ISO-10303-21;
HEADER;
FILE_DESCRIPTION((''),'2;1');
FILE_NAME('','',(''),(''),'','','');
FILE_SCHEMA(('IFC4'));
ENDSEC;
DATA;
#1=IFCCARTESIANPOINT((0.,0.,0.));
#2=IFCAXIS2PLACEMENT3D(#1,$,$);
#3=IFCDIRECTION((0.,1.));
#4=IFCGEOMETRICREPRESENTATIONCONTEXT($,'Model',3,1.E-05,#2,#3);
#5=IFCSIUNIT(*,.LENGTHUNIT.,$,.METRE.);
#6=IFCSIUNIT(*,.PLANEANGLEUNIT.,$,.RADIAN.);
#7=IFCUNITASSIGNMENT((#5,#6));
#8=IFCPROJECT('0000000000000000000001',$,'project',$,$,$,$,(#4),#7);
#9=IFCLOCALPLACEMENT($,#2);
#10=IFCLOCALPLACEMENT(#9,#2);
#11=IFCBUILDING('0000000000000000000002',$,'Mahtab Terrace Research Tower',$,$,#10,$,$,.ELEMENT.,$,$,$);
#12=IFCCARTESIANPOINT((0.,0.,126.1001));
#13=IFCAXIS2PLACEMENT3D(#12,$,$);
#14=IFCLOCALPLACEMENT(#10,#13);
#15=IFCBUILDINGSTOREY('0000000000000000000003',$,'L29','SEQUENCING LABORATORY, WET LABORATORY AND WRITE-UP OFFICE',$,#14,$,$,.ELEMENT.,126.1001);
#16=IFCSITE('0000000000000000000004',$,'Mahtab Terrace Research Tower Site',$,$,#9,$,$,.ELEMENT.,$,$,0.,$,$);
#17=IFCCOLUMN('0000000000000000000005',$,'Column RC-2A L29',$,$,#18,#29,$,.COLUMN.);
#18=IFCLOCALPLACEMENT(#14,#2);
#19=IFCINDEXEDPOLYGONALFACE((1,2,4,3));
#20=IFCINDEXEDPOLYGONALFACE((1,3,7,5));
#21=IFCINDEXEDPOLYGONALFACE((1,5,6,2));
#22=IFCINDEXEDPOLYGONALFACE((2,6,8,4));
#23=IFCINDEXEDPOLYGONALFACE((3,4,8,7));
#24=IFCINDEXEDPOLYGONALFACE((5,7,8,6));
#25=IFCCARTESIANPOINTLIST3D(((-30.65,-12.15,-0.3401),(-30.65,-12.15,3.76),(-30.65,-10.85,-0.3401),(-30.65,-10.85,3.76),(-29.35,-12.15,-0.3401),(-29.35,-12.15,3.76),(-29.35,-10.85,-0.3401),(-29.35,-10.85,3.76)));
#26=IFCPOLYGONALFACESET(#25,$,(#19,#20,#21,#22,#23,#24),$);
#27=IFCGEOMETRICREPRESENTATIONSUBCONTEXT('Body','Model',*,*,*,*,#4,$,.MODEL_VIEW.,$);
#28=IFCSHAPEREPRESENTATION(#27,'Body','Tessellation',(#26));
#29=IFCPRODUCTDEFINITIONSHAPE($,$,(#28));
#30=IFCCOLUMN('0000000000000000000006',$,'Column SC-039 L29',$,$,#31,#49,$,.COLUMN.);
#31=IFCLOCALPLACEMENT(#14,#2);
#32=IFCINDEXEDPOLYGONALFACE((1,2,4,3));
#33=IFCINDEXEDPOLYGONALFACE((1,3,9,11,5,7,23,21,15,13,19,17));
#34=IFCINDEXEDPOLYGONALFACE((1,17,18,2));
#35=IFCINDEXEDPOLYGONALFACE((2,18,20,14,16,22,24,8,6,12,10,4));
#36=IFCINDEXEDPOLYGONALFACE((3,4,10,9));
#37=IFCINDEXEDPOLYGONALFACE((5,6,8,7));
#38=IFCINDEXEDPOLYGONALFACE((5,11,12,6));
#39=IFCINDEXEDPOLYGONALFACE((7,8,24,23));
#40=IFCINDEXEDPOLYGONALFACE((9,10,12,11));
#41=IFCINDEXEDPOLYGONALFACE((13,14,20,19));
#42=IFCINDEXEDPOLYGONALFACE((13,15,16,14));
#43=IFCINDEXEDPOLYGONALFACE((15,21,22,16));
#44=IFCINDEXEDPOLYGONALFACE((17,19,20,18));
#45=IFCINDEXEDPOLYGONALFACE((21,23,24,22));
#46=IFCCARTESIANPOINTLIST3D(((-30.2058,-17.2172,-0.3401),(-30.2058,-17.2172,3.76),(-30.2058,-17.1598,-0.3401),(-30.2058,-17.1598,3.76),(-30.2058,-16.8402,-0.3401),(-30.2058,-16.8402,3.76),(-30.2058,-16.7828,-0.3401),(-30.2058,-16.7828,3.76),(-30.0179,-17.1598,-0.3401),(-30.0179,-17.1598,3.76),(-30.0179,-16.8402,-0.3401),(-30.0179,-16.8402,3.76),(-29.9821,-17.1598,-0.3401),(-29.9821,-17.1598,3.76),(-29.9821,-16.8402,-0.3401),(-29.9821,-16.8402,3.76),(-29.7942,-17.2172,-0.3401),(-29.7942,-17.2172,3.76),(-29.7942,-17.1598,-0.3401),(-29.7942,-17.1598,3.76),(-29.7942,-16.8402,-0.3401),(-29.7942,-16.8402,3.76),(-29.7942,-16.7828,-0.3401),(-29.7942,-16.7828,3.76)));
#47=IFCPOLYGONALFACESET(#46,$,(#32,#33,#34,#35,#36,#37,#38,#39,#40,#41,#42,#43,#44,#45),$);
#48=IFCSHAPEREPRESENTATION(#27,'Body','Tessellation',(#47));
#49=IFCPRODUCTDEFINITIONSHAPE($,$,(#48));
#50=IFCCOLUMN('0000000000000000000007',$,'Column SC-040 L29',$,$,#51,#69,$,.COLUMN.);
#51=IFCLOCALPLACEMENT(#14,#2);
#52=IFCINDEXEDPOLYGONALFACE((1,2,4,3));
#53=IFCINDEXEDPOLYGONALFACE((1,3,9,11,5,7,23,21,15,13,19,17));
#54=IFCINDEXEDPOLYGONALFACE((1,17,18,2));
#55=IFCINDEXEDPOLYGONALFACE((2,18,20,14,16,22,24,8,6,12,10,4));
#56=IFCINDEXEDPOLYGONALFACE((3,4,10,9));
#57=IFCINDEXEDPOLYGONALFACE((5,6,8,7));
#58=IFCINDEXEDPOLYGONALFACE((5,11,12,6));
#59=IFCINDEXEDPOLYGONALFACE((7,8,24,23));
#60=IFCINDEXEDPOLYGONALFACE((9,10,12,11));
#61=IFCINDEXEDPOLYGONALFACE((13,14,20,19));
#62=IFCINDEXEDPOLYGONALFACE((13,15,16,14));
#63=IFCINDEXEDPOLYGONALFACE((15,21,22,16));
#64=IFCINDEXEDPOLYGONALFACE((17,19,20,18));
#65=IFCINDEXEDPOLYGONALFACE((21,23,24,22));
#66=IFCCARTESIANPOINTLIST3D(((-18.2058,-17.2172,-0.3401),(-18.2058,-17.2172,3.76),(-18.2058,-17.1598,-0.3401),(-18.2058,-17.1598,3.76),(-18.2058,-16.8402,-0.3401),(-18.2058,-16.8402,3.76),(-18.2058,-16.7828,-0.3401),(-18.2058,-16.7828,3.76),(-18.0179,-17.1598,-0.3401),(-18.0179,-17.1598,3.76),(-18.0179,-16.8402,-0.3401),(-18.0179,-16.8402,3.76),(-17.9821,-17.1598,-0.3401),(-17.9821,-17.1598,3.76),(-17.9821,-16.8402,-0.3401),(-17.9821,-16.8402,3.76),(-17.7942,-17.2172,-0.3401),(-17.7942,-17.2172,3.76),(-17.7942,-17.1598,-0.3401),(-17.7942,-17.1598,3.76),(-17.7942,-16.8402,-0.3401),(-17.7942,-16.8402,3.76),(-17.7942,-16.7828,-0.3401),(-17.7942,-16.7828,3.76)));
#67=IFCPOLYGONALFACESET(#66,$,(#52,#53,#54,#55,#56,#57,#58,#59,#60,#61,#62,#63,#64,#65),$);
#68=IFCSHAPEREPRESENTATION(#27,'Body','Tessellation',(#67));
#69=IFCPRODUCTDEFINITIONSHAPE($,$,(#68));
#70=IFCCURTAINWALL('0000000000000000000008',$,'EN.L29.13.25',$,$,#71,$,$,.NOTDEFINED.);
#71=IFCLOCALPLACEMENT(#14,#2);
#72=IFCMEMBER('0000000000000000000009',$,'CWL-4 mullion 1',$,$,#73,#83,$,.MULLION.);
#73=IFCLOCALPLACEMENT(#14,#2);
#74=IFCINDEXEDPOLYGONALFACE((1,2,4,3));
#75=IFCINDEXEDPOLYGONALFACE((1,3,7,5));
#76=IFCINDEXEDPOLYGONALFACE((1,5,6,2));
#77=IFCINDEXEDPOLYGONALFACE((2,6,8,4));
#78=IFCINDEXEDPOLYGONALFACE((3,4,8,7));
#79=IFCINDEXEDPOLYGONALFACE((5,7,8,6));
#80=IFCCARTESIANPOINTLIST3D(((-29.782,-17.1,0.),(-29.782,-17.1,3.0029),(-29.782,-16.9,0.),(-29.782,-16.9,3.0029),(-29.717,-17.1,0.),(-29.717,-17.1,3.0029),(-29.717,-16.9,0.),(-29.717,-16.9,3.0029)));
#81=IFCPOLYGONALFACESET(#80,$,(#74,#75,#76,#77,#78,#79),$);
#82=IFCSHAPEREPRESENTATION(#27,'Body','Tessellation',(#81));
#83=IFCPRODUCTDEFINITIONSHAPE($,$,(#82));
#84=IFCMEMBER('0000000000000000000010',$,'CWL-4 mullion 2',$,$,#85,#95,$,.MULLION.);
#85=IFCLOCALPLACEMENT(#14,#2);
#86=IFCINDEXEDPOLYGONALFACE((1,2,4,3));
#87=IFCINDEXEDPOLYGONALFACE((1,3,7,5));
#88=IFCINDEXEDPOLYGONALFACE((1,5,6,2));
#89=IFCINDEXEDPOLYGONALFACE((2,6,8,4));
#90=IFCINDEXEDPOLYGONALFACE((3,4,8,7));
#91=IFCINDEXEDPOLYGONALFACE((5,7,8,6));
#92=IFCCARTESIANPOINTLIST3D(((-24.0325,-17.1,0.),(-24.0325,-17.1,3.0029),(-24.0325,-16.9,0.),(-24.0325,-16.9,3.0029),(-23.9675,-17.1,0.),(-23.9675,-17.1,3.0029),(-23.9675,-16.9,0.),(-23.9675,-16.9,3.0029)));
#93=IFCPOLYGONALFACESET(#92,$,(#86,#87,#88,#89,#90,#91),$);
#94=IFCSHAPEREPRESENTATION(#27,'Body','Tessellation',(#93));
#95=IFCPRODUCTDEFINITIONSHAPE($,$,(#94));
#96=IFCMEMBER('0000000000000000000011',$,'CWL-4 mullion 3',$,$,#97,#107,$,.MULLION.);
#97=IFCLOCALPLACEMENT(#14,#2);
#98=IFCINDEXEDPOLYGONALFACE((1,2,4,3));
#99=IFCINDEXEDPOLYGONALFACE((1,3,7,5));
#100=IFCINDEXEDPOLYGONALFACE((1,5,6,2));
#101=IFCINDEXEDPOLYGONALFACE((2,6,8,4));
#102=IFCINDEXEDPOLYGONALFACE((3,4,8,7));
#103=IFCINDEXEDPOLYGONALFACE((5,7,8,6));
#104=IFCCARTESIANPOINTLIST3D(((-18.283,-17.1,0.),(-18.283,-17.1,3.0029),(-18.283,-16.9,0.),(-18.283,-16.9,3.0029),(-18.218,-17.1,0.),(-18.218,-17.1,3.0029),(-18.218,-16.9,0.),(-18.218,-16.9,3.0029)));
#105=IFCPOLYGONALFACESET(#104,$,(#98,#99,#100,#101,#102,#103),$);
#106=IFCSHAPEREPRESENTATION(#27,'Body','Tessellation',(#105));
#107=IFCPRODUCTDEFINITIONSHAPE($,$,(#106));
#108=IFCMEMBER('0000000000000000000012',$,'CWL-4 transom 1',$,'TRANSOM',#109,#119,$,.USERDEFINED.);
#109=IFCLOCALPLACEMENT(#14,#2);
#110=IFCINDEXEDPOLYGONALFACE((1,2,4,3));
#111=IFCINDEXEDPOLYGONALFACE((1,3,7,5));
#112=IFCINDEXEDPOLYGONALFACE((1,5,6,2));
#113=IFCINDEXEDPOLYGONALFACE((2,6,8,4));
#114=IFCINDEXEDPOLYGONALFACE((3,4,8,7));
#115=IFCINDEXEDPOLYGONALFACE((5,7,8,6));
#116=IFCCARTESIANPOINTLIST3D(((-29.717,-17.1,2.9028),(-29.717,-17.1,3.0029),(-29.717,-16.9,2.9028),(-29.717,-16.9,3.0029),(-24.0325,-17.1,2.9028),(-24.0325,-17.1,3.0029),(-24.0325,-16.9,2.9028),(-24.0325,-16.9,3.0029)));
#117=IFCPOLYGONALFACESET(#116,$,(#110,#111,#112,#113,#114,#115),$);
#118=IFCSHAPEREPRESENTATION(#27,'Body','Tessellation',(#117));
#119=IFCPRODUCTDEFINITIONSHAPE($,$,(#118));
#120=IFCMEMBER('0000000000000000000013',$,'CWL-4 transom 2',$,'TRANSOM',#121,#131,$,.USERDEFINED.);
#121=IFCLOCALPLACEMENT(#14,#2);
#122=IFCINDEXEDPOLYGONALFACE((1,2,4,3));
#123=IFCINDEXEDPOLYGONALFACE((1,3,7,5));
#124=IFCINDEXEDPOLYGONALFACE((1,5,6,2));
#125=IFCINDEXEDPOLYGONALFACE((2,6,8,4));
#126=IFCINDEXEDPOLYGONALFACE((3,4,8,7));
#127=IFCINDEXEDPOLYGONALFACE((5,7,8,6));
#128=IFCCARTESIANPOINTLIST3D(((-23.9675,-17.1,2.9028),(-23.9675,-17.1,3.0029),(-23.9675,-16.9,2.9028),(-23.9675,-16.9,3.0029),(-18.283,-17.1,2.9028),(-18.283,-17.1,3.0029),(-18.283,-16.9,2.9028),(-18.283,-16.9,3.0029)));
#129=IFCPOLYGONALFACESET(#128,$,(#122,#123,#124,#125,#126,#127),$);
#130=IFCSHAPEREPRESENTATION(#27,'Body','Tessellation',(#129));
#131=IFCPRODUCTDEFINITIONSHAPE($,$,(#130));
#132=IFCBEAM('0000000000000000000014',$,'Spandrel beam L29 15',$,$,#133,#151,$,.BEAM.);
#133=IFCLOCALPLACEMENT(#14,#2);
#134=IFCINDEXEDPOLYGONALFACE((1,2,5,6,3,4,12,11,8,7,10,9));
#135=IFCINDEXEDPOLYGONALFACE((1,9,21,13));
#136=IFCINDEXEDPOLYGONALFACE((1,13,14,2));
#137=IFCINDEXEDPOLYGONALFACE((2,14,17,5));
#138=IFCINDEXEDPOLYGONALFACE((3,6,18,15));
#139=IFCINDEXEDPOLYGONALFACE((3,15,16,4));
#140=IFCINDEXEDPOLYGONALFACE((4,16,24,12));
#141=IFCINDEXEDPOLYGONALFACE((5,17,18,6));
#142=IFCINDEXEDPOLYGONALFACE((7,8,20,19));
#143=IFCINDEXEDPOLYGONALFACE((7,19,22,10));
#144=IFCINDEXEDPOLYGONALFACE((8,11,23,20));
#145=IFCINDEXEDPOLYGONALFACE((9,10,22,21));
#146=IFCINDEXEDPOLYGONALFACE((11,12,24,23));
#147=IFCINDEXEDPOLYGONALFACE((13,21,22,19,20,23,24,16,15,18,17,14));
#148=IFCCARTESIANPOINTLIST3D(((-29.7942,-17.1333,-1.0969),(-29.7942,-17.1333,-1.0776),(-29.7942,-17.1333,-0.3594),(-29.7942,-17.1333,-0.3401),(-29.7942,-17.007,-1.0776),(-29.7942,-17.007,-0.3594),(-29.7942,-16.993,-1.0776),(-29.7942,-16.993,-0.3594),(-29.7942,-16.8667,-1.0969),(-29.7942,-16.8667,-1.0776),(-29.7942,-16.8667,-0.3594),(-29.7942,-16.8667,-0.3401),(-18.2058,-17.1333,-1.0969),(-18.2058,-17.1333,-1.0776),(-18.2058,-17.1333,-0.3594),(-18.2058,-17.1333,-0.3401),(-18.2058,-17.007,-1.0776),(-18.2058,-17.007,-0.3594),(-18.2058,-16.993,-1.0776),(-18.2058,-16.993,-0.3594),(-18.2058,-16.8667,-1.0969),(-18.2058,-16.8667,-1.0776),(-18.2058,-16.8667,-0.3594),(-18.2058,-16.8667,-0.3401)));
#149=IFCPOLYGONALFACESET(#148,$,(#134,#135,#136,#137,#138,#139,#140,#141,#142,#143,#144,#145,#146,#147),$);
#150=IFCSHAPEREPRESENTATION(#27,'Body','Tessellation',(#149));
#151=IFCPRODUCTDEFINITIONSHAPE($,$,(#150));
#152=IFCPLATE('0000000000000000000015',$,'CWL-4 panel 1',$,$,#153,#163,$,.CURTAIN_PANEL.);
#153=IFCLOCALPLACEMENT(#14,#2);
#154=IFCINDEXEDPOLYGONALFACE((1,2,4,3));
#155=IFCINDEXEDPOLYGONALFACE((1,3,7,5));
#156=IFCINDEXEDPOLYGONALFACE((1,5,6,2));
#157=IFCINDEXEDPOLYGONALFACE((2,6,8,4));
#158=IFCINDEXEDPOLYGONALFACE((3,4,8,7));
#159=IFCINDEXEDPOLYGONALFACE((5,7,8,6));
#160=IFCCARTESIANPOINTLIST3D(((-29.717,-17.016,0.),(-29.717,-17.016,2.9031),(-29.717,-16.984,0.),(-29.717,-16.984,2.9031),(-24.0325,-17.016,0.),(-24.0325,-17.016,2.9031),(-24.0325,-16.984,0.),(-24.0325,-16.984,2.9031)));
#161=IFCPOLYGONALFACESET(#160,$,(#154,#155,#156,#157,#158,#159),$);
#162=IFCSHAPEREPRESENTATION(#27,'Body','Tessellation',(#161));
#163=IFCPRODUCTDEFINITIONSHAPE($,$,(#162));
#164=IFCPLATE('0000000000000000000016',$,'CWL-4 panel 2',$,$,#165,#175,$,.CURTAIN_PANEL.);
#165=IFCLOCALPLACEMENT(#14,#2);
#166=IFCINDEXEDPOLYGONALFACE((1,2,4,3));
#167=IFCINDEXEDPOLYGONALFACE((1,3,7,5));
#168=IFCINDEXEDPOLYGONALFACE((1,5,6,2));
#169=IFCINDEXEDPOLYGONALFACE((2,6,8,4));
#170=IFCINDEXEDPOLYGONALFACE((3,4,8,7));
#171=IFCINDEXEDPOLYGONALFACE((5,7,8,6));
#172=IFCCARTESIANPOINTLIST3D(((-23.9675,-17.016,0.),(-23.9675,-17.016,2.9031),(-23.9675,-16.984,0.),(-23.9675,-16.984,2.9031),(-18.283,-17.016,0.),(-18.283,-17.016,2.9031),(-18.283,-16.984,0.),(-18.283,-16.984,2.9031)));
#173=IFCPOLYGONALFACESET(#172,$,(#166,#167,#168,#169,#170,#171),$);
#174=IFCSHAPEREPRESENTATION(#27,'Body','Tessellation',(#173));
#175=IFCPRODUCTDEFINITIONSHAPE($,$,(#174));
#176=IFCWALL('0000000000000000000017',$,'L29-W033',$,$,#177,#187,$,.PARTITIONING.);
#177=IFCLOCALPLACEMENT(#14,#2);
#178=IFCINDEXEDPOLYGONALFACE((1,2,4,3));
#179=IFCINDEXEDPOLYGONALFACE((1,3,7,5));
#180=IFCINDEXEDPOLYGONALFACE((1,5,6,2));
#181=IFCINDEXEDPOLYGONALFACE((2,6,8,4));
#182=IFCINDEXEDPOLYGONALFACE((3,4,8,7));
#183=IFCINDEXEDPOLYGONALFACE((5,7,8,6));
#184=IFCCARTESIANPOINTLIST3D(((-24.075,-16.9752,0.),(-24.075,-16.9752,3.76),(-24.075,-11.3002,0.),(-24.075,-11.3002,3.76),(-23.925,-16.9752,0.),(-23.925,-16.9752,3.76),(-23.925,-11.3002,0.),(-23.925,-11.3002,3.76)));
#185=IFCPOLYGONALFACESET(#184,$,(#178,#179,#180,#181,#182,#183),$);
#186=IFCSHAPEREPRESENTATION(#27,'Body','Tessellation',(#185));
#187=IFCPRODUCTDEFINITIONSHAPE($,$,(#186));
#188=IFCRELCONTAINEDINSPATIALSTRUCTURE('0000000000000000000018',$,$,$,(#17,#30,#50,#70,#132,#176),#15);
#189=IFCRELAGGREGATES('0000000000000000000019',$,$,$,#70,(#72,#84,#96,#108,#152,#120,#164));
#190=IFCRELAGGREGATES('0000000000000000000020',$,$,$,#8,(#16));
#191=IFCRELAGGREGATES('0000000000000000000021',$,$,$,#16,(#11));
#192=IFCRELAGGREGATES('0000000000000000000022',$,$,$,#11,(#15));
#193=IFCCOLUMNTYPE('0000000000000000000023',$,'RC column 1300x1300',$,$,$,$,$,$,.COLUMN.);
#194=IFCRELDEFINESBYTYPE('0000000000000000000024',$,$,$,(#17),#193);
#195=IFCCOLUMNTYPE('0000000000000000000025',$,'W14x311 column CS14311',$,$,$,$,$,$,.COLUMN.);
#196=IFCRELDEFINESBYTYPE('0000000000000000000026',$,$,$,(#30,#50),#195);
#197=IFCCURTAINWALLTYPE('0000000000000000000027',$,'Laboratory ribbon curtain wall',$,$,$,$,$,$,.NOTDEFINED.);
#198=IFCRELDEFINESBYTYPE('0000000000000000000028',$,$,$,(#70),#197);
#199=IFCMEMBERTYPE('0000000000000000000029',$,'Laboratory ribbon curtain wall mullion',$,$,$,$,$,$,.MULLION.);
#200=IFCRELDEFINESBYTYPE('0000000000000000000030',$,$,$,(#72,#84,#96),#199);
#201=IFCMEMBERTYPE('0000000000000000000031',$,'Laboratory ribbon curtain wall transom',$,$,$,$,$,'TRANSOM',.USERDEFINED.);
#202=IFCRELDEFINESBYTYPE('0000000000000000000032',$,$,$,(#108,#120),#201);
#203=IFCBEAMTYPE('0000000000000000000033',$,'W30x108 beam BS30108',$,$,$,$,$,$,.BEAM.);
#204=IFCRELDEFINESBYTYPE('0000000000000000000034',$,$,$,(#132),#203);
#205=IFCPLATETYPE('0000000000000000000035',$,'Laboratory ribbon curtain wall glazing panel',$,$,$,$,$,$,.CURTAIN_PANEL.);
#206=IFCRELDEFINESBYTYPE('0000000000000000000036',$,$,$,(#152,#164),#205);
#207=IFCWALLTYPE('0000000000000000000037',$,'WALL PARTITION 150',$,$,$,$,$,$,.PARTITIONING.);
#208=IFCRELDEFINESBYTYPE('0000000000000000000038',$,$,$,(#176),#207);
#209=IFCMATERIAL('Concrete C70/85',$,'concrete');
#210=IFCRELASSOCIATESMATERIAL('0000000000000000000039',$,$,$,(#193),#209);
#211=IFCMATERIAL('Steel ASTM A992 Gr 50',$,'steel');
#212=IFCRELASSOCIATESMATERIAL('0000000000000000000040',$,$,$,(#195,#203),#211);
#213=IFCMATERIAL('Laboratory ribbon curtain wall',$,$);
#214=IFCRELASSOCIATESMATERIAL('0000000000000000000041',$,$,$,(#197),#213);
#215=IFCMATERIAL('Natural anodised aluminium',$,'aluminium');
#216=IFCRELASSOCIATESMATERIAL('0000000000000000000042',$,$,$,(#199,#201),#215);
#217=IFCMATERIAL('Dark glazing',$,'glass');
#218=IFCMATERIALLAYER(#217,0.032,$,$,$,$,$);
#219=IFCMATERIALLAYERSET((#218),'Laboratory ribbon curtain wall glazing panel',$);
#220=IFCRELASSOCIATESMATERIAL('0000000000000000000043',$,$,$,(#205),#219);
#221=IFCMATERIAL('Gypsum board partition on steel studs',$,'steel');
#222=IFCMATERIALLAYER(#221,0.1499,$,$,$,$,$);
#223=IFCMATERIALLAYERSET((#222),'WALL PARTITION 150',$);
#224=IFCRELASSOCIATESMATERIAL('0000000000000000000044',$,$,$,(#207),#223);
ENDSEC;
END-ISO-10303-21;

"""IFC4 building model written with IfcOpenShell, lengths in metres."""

from ifc_helpers import new_model, si_unit, direction, frame, frame_2d, origin, origin_2d, place, context, subcontext, project, spatial, rectangle, i_section, extrude, material, layer, layer_set, material_profile, profile_set, type_object, element, aggregate, save


model = new_model("IFC4")

# Units and contexts
model_context = context("Model", 3, precision=1e-05, world=origin(), true_north=direction((0.0, 1.0)))
body_context = subcontext(model_context, "Body", "Model", "MODEL_VIEW")
ifc_project = project(units=[si_unit("LENGTHUNIT", "METRE"), si_unit("PLANEANGLEUNIT", "RADIAN")], contexts=[model_context])

# Site, building, storey
site_placement = place(None, origin())
site = spatial("IfcSite", under=ifc_project, at=site_placement, Name="Mahtab Terrace Research Tower Site", CompositionType="ELEMENT", RefElevation=0.0)
building_placement = place(site_placement, origin())
building = spatial("IfcBuilding", under=site, at=building_placement, Name="Mahtab Terrace Research Tower", CompositionType="ELEMENT")
storey_placement = place(building_placement, frame((0.0, 0.0, 126.1001)))
storey = spatial("IfcBuildingStorey", under=building, at=storey_placement, Name="L29", Description="SEQUENCING LABORATORY, WET LABORATORY AND WRITE-UP OFFICE", CompositionType="ELEMENT", Elevation=126.1001)

# Columns
ifc_material_1 = material(Name="Concrete C70/85", Category="concrete")
ifc_material_profile_1 = material_profile(ifc_material_1, rectangle(XDim=1.3, YDim=1.3, at=origin_2d()), Name="RC column 1300x1300")
ifc_profile_set_1 = profile_set([ifc_material_profile_1], Name="Concrete C70/85")
column_type_1 = type_object("IfcColumnType", Name="RC column 1300x1300", PredefinedType="COLUMN", material=ifc_profile_set_1)
column_placement = place(storey_placement, frame((-30.0, -11.5, -0.3401), z_axis=(0.0, 0.0, 1.0), x_axis=(1.0, 0.0, 0.0)))
element("IfcColumn", 1, at=column_placement, inside=storey, type_object=column_type_1, Name="Column RC-2A L29", PredefinedType="COLUMN", context=body_context, shape_type="SweptSolid", body=[
    extrude(rectangle(XDim=1.3, YDim=1.3, at=origin_2d()), origin(), (0.0, 0.0, 1.0), 4.1001),
])
ifc_material_2 = material(Name="Steel ASTM A992 Gr 50", Category="steel")
ifc_material_profile_2 = material_profile(ifc_material_2, i_section(OverallWidth=0.4116, OverallDepth=0.4343, WebThickness=0.0359, FlangeThickness=0.0574, at=origin_2d()), Name="W14X311")
ifc_profile_set_2 = profile_set([ifc_material_profile_2], Name="Steel ASTM A992 Gr 50")
column_type_2 = type_object("IfcColumnType", Name="W14x311 column CS14311", PredefinedType="COLUMN", material=ifc_profile_set_2)
for number, where, z_axis, x_axis, name in (
    (2, (-30.0, -17.0, -0.3401), (0.0, 0.0, 1.0), (1.0, 0.0, 0.0), "Column SC-039 L29"),
    (3, (-18.0, -17.0, -0.3401), (0.0, 0.0, 1.0), (1.0, 0.0, 0.0), "Column SC-040 L29"),
):
    element("IfcColumn", number, at=place(storey_placement, frame(where, z_axis=z_axis, x_axis=x_axis)), inside=storey, type_object=column_type_2, Name=name, PredefinedType="COLUMN", context=body_context, shape_type="SweptSolid", body=[
        extrude(i_section(OverallWidth=0.4116, OverallDepth=0.4343, WebThickness=0.0359, FlangeThickness=0.0574, at=origin_2d()), origin(), (0.0, 0.0, 1.0), 4.1001),
    ])

# Curtain wall, members
ifc_material_3 = material(Name="Laboratory ribbon curtain wall")
curtain_wall_type = type_object("IfcCurtainWallType", Name="Laboratory ribbon curtain wall", PredefinedType="NOTDEFINED", material=ifc_material_3)
curtain_wall_placement = place(storey_placement, origin())
curtain_wall = element("IfcCurtainWall", 4, at=curtain_wall_placement, inside=storey, type_object=curtain_wall_type, Name="EN.L29.13.25", PredefinedType="NOTDEFINED")
ifc_material_4 = material(Name="Natural anodised aluminium", Category="aluminium")
ifc_material_profile_3 = material_profile(ifc_material_4, rectangle(XDim=0.2, YDim=0.0649, at=origin_2d()), Name="MULLION 65x200")
ifc_profile_set_3 = profile_set([ifc_material_profile_3], Name="Natural anodised aluminium")
member_type_1 = type_object("IfcMemberType", Name="Laboratory ribbon curtain wall mullion", PredefinedType="MULLION", material=ifc_profile_set_3)
member_1_placement = place(storey_placement, frame((-29.7495, -17.0, 0.0), z_axis=(0.0, 0.0, 1.0), x_axis=(0.0, 1.0, 0.0)))
member_1 = element("IfcMember", 5, at=member_1_placement, type_object=member_type_1, Name="CWL-4 mullion 1", PredefinedType="MULLION", context=body_context, shape_type="SweptSolid", body=[
    extrude(rectangle(XDim=0.2, YDim=0.0649, at=origin_2d()), origin(), (0.0, 0.0, 1.0), 3.0029),
])
member_2_placement = place(storey_placement, frame((-24.0, -17.0, 0.0), z_axis=(0.0, 0.0, 1.0), x_axis=(0.0, 1.0, 0.0)))
member_2 = element("IfcMember", 6, at=member_2_placement, type_object=member_type_1, Name="CWL-4 mullion 2", PredefinedType="MULLION", context=body_context, shape_type="SweptSolid", body=[
    extrude(rectangle(XDim=0.2, YDim=0.0649, at=origin_2d()), origin(), (0.0, 0.0, 1.0), 3.0029),
])
member_3_placement = place(storey_placement, frame((-18.2505, -17.0, 0.0), z_axis=(0.0, 0.0, 1.0), x_axis=(0.0, 1.0, 0.0)))
member_3 = element("IfcMember", 7, at=member_3_placement, type_object=member_type_1, Name="CWL-4 mullion 3", PredefinedType="MULLION", context=body_context, shape_type="SweptSolid", body=[
    extrude(rectangle(XDim=0.2, YDim=0.0649, at=origin_2d()), origin(), (0.0, 0.0, 1.0), 3.0029),
])
ifc_material_profile_4 = material_profile(ifc_material_4, rectangle(XDim=0.2, YDim=0.1001, at=origin_2d()), Name="TRANSOM 100x200")
ifc_profile_set_4 = profile_set([ifc_material_profile_4], Name="Natural anodised aluminium")
member_type_2 = type_object("IfcMemberType", Name="Laboratory ribbon curtain wall transom", ElementType="TRANSOM", PredefinedType="USERDEFINED", material=ifc_profile_set_4)
member_4_placement = place(storey_placement, frame((-29.717, -17.0, 2.9529), z_axis=(1.0, 0.0, 0.0), x_axis=(0.0, 1.0, 0.0)))
member_4 = element("IfcMember", 8, at=member_4_placement, type_object=member_type_2, Name="CWL-4 transom 1", ObjectType="TRANSOM", PredefinedType="USERDEFINED", context=body_context, shape_type="SweptSolid", body=[
    extrude(rectangle(XDim=0.2, YDim=0.1001, at=origin_2d()), origin(), (0.0, 0.0, 1.0), 5.6846),
])
member_5_placement = place(storey_placement, frame((-23.9675, -17.0, 2.9529), z_axis=(1.0, 0.0, 0.0), x_axis=(0.0, 1.0, 0.0)))
member_5 = element("IfcMember", 9, at=member_5_placement, type_object=member_type_2, Name="CWL-4 transom 2", ObjectType="TRANSOM", PredefinedType="USERDEFINED", context=body_context, shape_type="SweptSolid", body=[
    extrude(rectangle(XDim=0.2, YDim=0.1001, at=origin_2d()), origin(), (0.0, 0.0, 1.0), 5.6846),
])

# Beam
ifc_material_profile_5 = material_profile(ifc_material_2, i_section(OverallWidth=0.2666, OverallDepth=0.7568, WebThickness=0.0139, FlangeThickness=0.0193, at=origin_2d()), Name="W30X108")
ifc_profile_set_5 = profile_set([ifc_material_profile_5], Name="Steel ASTM A992 Gr 50")
beam_type = type_object("IfcBeamType", Name="W30x108 beam BS30108", PredefinedType="BEAM", material=ifc_profile_set_5)
beam_placement = place(storey_placement, frame((-29.7942, -17.0, -0.7185), z_axis=(1.0, 0.0, 0.0), x_axis=(0.0, 1.0, 0.0)))
element("IfcBeam", 10, at=beam_placement, inside=storey, type_object=beam_type, Name="Spandrel beam L29 15", PredefinedType="BEAM", context=body_context, shape_type="SweptSolid", body=[
    extrude(i_section(OverallWidth=0.2666, OverallDepth=0.7568, WebThickness=0.0139, FlangeThickness=0.0193, at=origin_2d()), origin(), (0.0, 0.0, 1.0), 11.5884),
])

# Plates
ifc_material_5 = material(Name="Dark glazing", Category="glass")
ifc_layer_1 = layer(ifc_material_5, 0.032)
ifc_layer_set_1 = layer_set([ifc_layer_1], Name="Laboratory ribbon curtain wall glazing panel")
plate_type = type_object("IfcPlateType", Name="Laboratory ribbon curtain wall glazing panel", PredefinedType="CURTAIN_PANEL", material=ifc_layer_set_1)
plate_1_placement = place(storey_placement, frame((-26.8748, -17.0, 0.0), z_axis=(0.0, 0.0, 1.0), x_axis=(1.0, 0.0, 0.0)))
plate_1 = element("IfcPlate", 11, at=plate_1_placement, type_object=plate_type, Name="CWL-4 panel 1", PredefinedType="CURTAIN_PANEL", context=body_context, shape_type="SweptSolid", body=[
    extrude(rectangle(XDim=5.6846, YDim=0.032, at=origin_2d()), origin(), (0.0, 0.0, 1.0), 2.9031),
])
plate_2_placement = place(storey_placement, frame((-21.1252, -17.0, 0.0), z_axis=(0.0, 0.0, 1.0), x_axis=(1.0, 0.0, 0.0)))
plate_2 = element("IfcPlate", 12, at=plate_2_placement, type_object=plate_type, Name="CWL-4 panel 2", PredefinedType="CURTAIN_PANEL", context=body_context, shape_type="SweptSolid", body=[
    extrude(rectangle(XDim=5.6846, YDim=0.032, at=origin_2d()), origin(), (0.0, 0.0, 1.0), 2.9031),
])
aggregate(curtain_wall, [member_1, member_2, member_3, member_4, plate_1, member_5, plate_2])

# Wall
ifc_material_6 = material(Name="Gypsum board partition on steel studs", Category="steel")
ifc_layer_2 = layer(ifc_material_6, 0.1499)
ifc_layer_set_2 = layer_set([ifc_layer_2], Name="WALL PARTITION 150")
wall_type = type_object("IfcWallType", Name="WALL PARTITION 150", PredefinedType="PARTITIONING", material=ifc_layer_set_2)
wall_1_placement = place(storey_placement, frame((-24.0, -16.9751, 0.0), z_axis=(0.0, 0.0, 1.0), x_axis=(0.0, 1.0, 0.0)))
element("IfcWall", 13, at=wall_1_placement, inside=storey, type_object=wall_type, Name="L29-W033", PredefinedType="PARTITIONING", context=body_context, shape_type="SweptSolid", body=[
    extrude(rectangle(XDim=5.675, YDim=0.1499, at=frame_2d((2.8374, 0.0))), origin(), (0.0, 0.0, 1.0), 3.76),
])

save(model, "model.ifc")
